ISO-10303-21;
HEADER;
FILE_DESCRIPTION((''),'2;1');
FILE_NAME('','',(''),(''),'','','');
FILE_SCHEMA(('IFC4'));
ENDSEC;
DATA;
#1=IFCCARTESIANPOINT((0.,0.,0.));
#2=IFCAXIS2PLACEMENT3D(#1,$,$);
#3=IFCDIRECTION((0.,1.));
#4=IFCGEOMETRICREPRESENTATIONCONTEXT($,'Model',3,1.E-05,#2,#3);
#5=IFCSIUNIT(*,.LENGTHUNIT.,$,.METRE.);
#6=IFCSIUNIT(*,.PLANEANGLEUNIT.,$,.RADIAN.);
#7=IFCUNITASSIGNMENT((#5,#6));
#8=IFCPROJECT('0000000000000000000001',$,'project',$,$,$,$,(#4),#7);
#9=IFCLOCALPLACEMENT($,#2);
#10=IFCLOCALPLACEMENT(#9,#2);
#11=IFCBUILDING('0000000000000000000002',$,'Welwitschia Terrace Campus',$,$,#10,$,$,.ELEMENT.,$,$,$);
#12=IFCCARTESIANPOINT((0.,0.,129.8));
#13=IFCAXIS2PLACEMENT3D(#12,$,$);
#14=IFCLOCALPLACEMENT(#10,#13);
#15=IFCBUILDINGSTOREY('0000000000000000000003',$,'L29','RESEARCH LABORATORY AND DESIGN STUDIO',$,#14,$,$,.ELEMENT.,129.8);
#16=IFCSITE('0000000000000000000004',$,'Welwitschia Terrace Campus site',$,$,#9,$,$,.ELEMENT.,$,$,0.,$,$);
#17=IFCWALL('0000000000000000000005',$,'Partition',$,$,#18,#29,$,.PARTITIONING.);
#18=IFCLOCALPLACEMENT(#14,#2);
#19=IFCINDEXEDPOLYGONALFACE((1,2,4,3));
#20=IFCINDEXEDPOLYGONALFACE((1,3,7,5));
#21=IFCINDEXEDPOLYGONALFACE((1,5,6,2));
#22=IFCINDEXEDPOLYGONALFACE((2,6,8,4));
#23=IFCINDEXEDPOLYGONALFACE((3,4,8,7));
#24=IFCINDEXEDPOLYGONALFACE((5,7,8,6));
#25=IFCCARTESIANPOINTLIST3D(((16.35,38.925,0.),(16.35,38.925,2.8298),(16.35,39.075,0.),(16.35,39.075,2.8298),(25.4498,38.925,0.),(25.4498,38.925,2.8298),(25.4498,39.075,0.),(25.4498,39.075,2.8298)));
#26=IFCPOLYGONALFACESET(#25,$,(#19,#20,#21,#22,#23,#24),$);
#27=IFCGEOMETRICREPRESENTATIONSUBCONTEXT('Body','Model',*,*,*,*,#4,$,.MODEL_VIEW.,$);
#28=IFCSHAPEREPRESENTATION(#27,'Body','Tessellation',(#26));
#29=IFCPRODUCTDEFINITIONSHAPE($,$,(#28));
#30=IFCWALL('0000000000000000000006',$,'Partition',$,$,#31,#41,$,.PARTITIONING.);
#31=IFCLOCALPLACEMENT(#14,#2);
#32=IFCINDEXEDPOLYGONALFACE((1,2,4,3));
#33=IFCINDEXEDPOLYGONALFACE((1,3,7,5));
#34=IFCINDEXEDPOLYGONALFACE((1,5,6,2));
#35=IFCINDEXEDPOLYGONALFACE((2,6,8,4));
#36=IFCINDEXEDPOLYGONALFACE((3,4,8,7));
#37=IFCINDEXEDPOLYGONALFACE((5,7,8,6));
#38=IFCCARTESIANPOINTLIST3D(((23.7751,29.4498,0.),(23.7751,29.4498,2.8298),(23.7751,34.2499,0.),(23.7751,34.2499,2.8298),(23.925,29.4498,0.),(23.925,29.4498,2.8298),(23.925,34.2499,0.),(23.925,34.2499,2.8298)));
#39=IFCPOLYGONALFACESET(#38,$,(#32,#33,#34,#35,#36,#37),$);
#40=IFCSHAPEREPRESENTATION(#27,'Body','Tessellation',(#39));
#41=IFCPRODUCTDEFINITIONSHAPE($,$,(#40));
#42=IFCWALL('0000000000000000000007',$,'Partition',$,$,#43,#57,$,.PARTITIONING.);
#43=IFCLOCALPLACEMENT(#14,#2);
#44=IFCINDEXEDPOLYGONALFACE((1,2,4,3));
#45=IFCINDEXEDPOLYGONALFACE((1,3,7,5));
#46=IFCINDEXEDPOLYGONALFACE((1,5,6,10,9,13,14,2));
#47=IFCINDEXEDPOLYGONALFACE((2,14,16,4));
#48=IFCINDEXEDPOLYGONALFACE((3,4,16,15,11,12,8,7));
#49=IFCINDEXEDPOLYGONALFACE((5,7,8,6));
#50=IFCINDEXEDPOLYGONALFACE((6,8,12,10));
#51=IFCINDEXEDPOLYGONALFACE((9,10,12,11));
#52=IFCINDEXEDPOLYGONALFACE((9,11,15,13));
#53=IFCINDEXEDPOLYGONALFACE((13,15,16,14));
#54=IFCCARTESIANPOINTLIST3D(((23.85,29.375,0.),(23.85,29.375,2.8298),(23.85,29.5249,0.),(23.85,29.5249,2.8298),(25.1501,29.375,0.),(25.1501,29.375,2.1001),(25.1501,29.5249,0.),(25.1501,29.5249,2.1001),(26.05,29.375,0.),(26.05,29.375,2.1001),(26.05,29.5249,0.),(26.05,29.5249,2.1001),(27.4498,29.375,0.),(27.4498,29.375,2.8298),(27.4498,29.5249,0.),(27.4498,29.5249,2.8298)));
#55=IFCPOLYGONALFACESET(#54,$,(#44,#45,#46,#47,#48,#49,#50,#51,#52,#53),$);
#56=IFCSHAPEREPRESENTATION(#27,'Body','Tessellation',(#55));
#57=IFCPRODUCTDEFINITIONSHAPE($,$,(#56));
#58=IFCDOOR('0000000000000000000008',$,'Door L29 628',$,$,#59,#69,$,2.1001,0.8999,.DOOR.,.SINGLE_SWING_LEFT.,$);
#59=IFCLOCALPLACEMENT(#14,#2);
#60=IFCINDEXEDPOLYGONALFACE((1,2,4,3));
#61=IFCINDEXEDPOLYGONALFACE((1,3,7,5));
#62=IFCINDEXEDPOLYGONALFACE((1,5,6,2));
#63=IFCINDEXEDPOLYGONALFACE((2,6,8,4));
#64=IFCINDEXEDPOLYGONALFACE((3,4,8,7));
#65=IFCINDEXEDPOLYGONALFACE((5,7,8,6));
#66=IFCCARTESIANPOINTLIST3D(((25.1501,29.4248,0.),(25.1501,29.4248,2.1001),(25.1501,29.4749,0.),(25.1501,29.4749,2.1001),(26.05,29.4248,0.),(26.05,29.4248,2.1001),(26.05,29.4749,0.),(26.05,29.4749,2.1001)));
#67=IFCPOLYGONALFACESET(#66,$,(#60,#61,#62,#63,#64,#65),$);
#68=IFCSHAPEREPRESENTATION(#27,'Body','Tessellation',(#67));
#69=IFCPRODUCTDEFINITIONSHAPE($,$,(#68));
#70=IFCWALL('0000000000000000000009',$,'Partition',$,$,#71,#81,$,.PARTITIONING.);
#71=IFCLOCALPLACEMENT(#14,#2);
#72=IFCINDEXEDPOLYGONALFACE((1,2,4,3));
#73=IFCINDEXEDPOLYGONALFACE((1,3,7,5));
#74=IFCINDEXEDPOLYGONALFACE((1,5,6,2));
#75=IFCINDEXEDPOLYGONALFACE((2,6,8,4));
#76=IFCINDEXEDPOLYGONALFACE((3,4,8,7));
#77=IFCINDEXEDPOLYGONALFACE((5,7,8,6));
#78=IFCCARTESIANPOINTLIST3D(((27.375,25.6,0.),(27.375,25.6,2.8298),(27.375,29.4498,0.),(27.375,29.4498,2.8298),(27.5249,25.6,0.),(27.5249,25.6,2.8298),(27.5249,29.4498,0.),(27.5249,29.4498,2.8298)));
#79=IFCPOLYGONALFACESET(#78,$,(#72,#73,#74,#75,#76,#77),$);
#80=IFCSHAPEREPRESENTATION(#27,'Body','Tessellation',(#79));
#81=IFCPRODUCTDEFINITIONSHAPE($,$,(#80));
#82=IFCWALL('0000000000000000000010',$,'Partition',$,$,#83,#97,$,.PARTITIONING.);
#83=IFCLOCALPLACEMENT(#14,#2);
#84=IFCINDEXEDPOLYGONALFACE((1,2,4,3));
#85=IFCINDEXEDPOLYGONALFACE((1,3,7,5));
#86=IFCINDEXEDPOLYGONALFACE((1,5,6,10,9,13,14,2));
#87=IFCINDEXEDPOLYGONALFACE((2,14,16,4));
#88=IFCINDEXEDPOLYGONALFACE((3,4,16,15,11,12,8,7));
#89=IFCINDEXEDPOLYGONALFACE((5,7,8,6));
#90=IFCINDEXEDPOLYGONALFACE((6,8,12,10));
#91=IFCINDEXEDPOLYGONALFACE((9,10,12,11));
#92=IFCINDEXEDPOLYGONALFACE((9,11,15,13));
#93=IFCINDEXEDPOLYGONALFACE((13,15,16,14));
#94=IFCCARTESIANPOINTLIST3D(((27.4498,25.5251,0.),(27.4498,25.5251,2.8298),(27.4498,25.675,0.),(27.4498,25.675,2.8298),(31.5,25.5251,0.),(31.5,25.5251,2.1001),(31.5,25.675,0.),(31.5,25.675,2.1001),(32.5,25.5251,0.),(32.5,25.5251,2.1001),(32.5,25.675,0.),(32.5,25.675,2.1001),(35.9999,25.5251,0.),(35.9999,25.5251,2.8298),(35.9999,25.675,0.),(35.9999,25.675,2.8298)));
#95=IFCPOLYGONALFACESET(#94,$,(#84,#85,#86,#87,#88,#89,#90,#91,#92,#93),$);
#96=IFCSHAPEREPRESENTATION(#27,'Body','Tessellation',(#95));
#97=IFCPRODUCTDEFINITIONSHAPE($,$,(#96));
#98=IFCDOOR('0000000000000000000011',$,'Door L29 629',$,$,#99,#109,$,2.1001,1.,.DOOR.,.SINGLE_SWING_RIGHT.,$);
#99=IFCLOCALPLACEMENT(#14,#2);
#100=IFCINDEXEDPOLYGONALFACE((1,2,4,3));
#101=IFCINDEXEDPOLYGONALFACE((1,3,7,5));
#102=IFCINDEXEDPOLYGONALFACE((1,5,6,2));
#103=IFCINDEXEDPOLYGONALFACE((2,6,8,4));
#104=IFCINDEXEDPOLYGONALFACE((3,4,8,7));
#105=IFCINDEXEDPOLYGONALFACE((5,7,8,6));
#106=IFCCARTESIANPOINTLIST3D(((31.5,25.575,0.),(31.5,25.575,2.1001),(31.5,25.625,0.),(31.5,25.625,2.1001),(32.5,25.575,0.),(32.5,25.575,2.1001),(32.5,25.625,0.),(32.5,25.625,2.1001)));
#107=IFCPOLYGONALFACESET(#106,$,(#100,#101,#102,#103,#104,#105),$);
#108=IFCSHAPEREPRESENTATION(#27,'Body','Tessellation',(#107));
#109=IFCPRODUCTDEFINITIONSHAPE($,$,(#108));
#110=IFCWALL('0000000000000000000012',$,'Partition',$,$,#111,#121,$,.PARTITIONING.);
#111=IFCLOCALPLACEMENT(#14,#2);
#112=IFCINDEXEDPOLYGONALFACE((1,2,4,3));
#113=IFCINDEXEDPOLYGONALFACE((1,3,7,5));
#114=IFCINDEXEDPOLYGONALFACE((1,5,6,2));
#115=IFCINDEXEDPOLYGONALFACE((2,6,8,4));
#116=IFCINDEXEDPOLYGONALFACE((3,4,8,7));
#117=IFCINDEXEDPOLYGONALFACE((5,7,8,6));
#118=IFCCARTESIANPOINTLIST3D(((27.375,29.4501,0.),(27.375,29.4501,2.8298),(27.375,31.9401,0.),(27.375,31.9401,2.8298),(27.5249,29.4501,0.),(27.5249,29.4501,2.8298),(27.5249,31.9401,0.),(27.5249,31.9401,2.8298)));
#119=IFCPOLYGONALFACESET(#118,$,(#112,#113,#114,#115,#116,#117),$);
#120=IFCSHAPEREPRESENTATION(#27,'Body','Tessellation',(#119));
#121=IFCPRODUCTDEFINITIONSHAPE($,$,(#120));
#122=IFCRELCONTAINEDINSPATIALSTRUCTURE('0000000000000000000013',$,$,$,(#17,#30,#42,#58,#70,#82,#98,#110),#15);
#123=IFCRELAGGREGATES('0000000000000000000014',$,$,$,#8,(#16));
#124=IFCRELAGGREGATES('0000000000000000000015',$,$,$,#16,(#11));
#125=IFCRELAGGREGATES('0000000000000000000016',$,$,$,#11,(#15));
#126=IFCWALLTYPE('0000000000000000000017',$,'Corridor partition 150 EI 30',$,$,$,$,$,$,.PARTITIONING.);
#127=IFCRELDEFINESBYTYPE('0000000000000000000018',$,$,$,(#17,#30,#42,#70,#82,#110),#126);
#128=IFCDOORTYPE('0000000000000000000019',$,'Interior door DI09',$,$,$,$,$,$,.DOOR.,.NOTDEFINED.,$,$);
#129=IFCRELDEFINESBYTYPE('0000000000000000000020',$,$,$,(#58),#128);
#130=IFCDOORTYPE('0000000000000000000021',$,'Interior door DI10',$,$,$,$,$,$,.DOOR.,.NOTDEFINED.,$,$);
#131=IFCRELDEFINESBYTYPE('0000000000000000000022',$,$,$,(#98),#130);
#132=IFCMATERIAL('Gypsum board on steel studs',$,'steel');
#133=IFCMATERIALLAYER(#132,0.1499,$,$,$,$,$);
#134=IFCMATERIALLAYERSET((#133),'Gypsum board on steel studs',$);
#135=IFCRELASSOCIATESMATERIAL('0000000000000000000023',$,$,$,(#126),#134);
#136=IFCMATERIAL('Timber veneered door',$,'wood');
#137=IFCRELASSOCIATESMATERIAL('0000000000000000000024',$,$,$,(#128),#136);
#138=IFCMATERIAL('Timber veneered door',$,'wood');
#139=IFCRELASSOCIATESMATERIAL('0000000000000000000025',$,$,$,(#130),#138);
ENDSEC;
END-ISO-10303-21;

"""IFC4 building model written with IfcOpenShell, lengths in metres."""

from ifc_helpers import new_model, si_unit, direction, frame, frame_2d, origin, place, context, subcontext, project, spatial, rectangle, extrude, material, layer, layer_set, type_object, element, fill, save


model = new_model("IFC4")

# Units and contexts
model_context = context("Model", 3, precision=1e-05, world=origin(), true_north=direction((0.0, 1.0)))
body_context = subcontext(model_context, "Body", "Model", "MODEL_VIEW")
ifc_project = project(units=[si_unit("LENGTHUNIT", "METRE"), si_unit("PLANEANGLEUNIT", "RADIAN")], contexts=[model_context])

# Site, building, storey
site_placement = place(None, origin())
site = spatial("IfcSite", under=ifc_project, at=site_placement, Name="Welwitschia Terrace Campus site", CompositionType="ELEMENT", RefElevation=0.0)
building_placement = place(site_placement, origin())
building = spatial("IfcBuilding", under=site, at=building_placement, Name="Welwitschia Terrace Campus", CompositionType="ELEMENT")
storey_placement = place(building_placement, frame((0.0, 0.0, 129.8)))
storey = spatial("IfcBuildingStorey", under=building, at=storey_placement, Name="L29", Description="RESEARCH LABORATORY AND DESIGN STUDIO", CompositionType="ELEMENT", Elevation=129.8)

# Walls
ifc_material_1 = material(Name="Gypsum board on steel studs", Category="steel")
ifc_layer_1 = layer(ifc_material_1, 0.1499)
ifc_layer_set_1 = layer_set([ifc_layer_1], Name="Gypsum board on steel studs")
wall_type = type_object("IfcWallType", Name="Corridor partition 150 EI 30", PredefinedType="PARTITIONING", material=ifc_layer_set_1)
wall_1_placement = place(storey_placement, frame((16.3501, 39.0, 0.0), z_axis=(0.0, 0.0, 1.0), x_axis=(1.0, 0.0, 0.0)))
element("IfcWall", 1, at=wall_1_placement, inside=storey, type_object=wall_type, Name="Partition", PredefinedType="PARTITIONING", context=body_context, shape_type="SweptSolid", body=[
    extrude(rectangle(XDim=9.0999, YDim=0.1499, at=frame_2d((4.5498, 0.0))), origin(), (0.0, 0.0, 1.0), 2.8298),
])
wall_2_placement = place(storey_placement, frame((23.8501, 29.45, 0.0), z_axis=(0.0, 0.0, 1.0), x_axis=(0.0, 1.0, 0.0)))
element("IfcWall", 2, at=wall_2_placement, inside=storey, type_object=wall_type, Name="Partition", PredefinedType="PARTITIONING", context=body_context, shape_type="SweptSolid", body=[
    extrude(rectangle(XDim=4.8, YDim=0.1499, at=frame_2d((2.3999, 0.0))), origin(), (0.0, 0.0, 1.0), 2.8298),
])

# Wall, opening, door
wall_3_placement = place(storey_placement, frame((23.8501, 29.45, 0.0), z_axis=(0.0, 0.0, 1.0), x_axis=(1.0, 0.0, 0.0)))
wall_3 = element("IfcWall", 3, at=wall_3_placement, inside=storey, type_object=wall_type, Name="Partition", PredefinedType="PARTITIONING", context=body_context, shape_type="SweptSolid", body=[
    extrude(rectangle(XDim=3.5999, YDim=0.1499, at=frame_2d((1.7998, 0.0))), origin(), (0.0, 0.0, 1.0), 2.8298),
])
opening_1_placement = place(wall_3_placement, frame((1.3, 0.0, 0.0)))
opening_1 = element("IfcOpeningElement", 4, at=opening_1_placement, cuts=wall_3, PredefinedType="OPENING", context=body_context, shape_type="SweptSolid", body=[
    extrude(rectangle(XDim=0.8999, YDim=2.1001, at=frame_2d((0.45, 1.05))), frame((0.0, 0.085, 0.0), z_axis=(0.0, -1.0, 0.0), x_axis=(1.0, 0.0, 0.0)), (0.0, 0.0, 1.0), 0.1699),
])
ifc_material_2 = material(Name="Timber veneered door", Category="wood")
door_type_1 = type_object("IfcDoorType", Name="Interior door DI09", OperationType="NOTDEFINED", PredefinedType="DOOR", material=ifc_material_2)
door_1_placement = place(opening_1_placement, origin())
door_1 = element("IfcDoor", 5, at=door_1_placement, inside=storey, type_object=door_type_1, Name="Door L29 628", OperationType="SINGLE_SWING_LEFT", OverallHeight=2.1001, OverallWidth=0.8999, PredefinedType="DOOR", context=body_context, shape_type="SweptSolid", body=[
    extrude(rectangle(XDim=0.8999, YDim=2.1001, at=frame_2d((0.45, 1.05))), frame((0.0, 0.0249, 0.0), z_axis=(0.0, -1.0, 0.0), x_axis=(1.0, 0.0, 0.0)), (0.0, 0.0, 1.0), 0.05),
])
fill(opening_1, door_1)

# Wall
wall_4_placement = place(storey_placement, frame((27.45, 25.6001, 0.0), z_axis=(0.0, 0.0, 1.0), x_axis=(0.0, 1.0, 0.0)))
element("IfcWall", 6, at=wall_4_placement, inside=storey, type_object=wall_type, Name="Partition", PredefinedType="PARTITIONING", context=body_context, shape_type="SweptSolid", body=[
    extrude(rectangle(XDim=3.8499, YDim=0.1499, at=frame_2d((1.9248, 0.0))), origin(), (0.0, 0.0, 1.0), 2.8298),
])

# Wall, opening, door
wall_5_placement = place(storey_placement, frame((27.45, 25.6001, 0.0), z_axis=(0.0, 0.0, 1.0), x_axis=(1.0, 0.0, 0.0)))
wall_5 = element("IfcWall", 7, at=wall_5_placement, inside=storey, type_object=wall_type, Name="Partition", PredefinedType="PARTITIONING", context=body_context, shape_type="SweptSolid", body=[
    extrude(rectangle(XDim=8.55, YDim=0.1499, at=frame_2d((4.2749, 0.0))), origin(), (0.0, 0.0, 1.0), 2.8298),
])
opening_2_placement = place(wall_5_placement, frame((4.05, 0.0, 0.0)))
opening_2 = element("IfcOpeningElement", 8, at=opening_2_placement, cuts=wall_5, PredefinedType="OPENING", context=body_context, shape_type="SweptSolid", body=[
    extrude(rectangle(XDim=1.0, YDim=2.1001, at=frame_2d((0.5, 1.05))), frame((0.0, 0.085, 0.0), z_axis=(0.0, -1.0, 0.0), x_axis=(1.0, 0.0, 0.0)), (0.0, 0.0, 1.0), 0.1699),
])
ifc_material_3 = material(Name="Timber veneered door", Category="wood")
door_type_2 = type_object("IfcDoorType", Name="Interior door DI10", OperationType="NOTDEFINED", PredefinedType="DOOR", material=ifc_material_3)
door_2_placement = place(opening_2_placement, origin())
door_2 = element("IfcDoor", 9, at=door_2_placement, inside=storey, type_object=door_type_2, Name="Door L29 629", OperationType="SINGLE_SWING_RIGHT", OverallHeight=2.1001, OverallWidth=1.0, PredefinedType="DOOR", context=body_context, shape_type="SweptSolid", body=[
    extrude(rectangle(XDim=1.0, YDim=2.1001, at=frame_2d((0.5, 1.05))), frame((0.0, 0.0249, 0.0), z_axis=(0.0, -1.0, 0.0), x_axis=(1.0, 0.0, 0.0)), (0.0, 0.0, 1.0), 0.05),
])
fill(opening_2, door_2)

# Wall
wall_6_placement = place(storey_placement, frame((27.45, 29.45, 0.0), z_axis=(0.0, 0.0, 1.0), x_axis=(0.0, 1.0, 0.0)))
element("IfcWall", 10, at=wall_6_placement, inside=storey, type_object=wall_type, Name="Partition", PredefinedType="PARTITIONING", context=body_context, shape_type="SweptSolid", body=[
    extrude(rectangle(XDim=2.49, YDim=0.1499, at=frame_2d((1.2451, 0.0))), origin(), (0.0, 0.0, 1.0), 2.8298),
])

save(model, "model.ifc")
